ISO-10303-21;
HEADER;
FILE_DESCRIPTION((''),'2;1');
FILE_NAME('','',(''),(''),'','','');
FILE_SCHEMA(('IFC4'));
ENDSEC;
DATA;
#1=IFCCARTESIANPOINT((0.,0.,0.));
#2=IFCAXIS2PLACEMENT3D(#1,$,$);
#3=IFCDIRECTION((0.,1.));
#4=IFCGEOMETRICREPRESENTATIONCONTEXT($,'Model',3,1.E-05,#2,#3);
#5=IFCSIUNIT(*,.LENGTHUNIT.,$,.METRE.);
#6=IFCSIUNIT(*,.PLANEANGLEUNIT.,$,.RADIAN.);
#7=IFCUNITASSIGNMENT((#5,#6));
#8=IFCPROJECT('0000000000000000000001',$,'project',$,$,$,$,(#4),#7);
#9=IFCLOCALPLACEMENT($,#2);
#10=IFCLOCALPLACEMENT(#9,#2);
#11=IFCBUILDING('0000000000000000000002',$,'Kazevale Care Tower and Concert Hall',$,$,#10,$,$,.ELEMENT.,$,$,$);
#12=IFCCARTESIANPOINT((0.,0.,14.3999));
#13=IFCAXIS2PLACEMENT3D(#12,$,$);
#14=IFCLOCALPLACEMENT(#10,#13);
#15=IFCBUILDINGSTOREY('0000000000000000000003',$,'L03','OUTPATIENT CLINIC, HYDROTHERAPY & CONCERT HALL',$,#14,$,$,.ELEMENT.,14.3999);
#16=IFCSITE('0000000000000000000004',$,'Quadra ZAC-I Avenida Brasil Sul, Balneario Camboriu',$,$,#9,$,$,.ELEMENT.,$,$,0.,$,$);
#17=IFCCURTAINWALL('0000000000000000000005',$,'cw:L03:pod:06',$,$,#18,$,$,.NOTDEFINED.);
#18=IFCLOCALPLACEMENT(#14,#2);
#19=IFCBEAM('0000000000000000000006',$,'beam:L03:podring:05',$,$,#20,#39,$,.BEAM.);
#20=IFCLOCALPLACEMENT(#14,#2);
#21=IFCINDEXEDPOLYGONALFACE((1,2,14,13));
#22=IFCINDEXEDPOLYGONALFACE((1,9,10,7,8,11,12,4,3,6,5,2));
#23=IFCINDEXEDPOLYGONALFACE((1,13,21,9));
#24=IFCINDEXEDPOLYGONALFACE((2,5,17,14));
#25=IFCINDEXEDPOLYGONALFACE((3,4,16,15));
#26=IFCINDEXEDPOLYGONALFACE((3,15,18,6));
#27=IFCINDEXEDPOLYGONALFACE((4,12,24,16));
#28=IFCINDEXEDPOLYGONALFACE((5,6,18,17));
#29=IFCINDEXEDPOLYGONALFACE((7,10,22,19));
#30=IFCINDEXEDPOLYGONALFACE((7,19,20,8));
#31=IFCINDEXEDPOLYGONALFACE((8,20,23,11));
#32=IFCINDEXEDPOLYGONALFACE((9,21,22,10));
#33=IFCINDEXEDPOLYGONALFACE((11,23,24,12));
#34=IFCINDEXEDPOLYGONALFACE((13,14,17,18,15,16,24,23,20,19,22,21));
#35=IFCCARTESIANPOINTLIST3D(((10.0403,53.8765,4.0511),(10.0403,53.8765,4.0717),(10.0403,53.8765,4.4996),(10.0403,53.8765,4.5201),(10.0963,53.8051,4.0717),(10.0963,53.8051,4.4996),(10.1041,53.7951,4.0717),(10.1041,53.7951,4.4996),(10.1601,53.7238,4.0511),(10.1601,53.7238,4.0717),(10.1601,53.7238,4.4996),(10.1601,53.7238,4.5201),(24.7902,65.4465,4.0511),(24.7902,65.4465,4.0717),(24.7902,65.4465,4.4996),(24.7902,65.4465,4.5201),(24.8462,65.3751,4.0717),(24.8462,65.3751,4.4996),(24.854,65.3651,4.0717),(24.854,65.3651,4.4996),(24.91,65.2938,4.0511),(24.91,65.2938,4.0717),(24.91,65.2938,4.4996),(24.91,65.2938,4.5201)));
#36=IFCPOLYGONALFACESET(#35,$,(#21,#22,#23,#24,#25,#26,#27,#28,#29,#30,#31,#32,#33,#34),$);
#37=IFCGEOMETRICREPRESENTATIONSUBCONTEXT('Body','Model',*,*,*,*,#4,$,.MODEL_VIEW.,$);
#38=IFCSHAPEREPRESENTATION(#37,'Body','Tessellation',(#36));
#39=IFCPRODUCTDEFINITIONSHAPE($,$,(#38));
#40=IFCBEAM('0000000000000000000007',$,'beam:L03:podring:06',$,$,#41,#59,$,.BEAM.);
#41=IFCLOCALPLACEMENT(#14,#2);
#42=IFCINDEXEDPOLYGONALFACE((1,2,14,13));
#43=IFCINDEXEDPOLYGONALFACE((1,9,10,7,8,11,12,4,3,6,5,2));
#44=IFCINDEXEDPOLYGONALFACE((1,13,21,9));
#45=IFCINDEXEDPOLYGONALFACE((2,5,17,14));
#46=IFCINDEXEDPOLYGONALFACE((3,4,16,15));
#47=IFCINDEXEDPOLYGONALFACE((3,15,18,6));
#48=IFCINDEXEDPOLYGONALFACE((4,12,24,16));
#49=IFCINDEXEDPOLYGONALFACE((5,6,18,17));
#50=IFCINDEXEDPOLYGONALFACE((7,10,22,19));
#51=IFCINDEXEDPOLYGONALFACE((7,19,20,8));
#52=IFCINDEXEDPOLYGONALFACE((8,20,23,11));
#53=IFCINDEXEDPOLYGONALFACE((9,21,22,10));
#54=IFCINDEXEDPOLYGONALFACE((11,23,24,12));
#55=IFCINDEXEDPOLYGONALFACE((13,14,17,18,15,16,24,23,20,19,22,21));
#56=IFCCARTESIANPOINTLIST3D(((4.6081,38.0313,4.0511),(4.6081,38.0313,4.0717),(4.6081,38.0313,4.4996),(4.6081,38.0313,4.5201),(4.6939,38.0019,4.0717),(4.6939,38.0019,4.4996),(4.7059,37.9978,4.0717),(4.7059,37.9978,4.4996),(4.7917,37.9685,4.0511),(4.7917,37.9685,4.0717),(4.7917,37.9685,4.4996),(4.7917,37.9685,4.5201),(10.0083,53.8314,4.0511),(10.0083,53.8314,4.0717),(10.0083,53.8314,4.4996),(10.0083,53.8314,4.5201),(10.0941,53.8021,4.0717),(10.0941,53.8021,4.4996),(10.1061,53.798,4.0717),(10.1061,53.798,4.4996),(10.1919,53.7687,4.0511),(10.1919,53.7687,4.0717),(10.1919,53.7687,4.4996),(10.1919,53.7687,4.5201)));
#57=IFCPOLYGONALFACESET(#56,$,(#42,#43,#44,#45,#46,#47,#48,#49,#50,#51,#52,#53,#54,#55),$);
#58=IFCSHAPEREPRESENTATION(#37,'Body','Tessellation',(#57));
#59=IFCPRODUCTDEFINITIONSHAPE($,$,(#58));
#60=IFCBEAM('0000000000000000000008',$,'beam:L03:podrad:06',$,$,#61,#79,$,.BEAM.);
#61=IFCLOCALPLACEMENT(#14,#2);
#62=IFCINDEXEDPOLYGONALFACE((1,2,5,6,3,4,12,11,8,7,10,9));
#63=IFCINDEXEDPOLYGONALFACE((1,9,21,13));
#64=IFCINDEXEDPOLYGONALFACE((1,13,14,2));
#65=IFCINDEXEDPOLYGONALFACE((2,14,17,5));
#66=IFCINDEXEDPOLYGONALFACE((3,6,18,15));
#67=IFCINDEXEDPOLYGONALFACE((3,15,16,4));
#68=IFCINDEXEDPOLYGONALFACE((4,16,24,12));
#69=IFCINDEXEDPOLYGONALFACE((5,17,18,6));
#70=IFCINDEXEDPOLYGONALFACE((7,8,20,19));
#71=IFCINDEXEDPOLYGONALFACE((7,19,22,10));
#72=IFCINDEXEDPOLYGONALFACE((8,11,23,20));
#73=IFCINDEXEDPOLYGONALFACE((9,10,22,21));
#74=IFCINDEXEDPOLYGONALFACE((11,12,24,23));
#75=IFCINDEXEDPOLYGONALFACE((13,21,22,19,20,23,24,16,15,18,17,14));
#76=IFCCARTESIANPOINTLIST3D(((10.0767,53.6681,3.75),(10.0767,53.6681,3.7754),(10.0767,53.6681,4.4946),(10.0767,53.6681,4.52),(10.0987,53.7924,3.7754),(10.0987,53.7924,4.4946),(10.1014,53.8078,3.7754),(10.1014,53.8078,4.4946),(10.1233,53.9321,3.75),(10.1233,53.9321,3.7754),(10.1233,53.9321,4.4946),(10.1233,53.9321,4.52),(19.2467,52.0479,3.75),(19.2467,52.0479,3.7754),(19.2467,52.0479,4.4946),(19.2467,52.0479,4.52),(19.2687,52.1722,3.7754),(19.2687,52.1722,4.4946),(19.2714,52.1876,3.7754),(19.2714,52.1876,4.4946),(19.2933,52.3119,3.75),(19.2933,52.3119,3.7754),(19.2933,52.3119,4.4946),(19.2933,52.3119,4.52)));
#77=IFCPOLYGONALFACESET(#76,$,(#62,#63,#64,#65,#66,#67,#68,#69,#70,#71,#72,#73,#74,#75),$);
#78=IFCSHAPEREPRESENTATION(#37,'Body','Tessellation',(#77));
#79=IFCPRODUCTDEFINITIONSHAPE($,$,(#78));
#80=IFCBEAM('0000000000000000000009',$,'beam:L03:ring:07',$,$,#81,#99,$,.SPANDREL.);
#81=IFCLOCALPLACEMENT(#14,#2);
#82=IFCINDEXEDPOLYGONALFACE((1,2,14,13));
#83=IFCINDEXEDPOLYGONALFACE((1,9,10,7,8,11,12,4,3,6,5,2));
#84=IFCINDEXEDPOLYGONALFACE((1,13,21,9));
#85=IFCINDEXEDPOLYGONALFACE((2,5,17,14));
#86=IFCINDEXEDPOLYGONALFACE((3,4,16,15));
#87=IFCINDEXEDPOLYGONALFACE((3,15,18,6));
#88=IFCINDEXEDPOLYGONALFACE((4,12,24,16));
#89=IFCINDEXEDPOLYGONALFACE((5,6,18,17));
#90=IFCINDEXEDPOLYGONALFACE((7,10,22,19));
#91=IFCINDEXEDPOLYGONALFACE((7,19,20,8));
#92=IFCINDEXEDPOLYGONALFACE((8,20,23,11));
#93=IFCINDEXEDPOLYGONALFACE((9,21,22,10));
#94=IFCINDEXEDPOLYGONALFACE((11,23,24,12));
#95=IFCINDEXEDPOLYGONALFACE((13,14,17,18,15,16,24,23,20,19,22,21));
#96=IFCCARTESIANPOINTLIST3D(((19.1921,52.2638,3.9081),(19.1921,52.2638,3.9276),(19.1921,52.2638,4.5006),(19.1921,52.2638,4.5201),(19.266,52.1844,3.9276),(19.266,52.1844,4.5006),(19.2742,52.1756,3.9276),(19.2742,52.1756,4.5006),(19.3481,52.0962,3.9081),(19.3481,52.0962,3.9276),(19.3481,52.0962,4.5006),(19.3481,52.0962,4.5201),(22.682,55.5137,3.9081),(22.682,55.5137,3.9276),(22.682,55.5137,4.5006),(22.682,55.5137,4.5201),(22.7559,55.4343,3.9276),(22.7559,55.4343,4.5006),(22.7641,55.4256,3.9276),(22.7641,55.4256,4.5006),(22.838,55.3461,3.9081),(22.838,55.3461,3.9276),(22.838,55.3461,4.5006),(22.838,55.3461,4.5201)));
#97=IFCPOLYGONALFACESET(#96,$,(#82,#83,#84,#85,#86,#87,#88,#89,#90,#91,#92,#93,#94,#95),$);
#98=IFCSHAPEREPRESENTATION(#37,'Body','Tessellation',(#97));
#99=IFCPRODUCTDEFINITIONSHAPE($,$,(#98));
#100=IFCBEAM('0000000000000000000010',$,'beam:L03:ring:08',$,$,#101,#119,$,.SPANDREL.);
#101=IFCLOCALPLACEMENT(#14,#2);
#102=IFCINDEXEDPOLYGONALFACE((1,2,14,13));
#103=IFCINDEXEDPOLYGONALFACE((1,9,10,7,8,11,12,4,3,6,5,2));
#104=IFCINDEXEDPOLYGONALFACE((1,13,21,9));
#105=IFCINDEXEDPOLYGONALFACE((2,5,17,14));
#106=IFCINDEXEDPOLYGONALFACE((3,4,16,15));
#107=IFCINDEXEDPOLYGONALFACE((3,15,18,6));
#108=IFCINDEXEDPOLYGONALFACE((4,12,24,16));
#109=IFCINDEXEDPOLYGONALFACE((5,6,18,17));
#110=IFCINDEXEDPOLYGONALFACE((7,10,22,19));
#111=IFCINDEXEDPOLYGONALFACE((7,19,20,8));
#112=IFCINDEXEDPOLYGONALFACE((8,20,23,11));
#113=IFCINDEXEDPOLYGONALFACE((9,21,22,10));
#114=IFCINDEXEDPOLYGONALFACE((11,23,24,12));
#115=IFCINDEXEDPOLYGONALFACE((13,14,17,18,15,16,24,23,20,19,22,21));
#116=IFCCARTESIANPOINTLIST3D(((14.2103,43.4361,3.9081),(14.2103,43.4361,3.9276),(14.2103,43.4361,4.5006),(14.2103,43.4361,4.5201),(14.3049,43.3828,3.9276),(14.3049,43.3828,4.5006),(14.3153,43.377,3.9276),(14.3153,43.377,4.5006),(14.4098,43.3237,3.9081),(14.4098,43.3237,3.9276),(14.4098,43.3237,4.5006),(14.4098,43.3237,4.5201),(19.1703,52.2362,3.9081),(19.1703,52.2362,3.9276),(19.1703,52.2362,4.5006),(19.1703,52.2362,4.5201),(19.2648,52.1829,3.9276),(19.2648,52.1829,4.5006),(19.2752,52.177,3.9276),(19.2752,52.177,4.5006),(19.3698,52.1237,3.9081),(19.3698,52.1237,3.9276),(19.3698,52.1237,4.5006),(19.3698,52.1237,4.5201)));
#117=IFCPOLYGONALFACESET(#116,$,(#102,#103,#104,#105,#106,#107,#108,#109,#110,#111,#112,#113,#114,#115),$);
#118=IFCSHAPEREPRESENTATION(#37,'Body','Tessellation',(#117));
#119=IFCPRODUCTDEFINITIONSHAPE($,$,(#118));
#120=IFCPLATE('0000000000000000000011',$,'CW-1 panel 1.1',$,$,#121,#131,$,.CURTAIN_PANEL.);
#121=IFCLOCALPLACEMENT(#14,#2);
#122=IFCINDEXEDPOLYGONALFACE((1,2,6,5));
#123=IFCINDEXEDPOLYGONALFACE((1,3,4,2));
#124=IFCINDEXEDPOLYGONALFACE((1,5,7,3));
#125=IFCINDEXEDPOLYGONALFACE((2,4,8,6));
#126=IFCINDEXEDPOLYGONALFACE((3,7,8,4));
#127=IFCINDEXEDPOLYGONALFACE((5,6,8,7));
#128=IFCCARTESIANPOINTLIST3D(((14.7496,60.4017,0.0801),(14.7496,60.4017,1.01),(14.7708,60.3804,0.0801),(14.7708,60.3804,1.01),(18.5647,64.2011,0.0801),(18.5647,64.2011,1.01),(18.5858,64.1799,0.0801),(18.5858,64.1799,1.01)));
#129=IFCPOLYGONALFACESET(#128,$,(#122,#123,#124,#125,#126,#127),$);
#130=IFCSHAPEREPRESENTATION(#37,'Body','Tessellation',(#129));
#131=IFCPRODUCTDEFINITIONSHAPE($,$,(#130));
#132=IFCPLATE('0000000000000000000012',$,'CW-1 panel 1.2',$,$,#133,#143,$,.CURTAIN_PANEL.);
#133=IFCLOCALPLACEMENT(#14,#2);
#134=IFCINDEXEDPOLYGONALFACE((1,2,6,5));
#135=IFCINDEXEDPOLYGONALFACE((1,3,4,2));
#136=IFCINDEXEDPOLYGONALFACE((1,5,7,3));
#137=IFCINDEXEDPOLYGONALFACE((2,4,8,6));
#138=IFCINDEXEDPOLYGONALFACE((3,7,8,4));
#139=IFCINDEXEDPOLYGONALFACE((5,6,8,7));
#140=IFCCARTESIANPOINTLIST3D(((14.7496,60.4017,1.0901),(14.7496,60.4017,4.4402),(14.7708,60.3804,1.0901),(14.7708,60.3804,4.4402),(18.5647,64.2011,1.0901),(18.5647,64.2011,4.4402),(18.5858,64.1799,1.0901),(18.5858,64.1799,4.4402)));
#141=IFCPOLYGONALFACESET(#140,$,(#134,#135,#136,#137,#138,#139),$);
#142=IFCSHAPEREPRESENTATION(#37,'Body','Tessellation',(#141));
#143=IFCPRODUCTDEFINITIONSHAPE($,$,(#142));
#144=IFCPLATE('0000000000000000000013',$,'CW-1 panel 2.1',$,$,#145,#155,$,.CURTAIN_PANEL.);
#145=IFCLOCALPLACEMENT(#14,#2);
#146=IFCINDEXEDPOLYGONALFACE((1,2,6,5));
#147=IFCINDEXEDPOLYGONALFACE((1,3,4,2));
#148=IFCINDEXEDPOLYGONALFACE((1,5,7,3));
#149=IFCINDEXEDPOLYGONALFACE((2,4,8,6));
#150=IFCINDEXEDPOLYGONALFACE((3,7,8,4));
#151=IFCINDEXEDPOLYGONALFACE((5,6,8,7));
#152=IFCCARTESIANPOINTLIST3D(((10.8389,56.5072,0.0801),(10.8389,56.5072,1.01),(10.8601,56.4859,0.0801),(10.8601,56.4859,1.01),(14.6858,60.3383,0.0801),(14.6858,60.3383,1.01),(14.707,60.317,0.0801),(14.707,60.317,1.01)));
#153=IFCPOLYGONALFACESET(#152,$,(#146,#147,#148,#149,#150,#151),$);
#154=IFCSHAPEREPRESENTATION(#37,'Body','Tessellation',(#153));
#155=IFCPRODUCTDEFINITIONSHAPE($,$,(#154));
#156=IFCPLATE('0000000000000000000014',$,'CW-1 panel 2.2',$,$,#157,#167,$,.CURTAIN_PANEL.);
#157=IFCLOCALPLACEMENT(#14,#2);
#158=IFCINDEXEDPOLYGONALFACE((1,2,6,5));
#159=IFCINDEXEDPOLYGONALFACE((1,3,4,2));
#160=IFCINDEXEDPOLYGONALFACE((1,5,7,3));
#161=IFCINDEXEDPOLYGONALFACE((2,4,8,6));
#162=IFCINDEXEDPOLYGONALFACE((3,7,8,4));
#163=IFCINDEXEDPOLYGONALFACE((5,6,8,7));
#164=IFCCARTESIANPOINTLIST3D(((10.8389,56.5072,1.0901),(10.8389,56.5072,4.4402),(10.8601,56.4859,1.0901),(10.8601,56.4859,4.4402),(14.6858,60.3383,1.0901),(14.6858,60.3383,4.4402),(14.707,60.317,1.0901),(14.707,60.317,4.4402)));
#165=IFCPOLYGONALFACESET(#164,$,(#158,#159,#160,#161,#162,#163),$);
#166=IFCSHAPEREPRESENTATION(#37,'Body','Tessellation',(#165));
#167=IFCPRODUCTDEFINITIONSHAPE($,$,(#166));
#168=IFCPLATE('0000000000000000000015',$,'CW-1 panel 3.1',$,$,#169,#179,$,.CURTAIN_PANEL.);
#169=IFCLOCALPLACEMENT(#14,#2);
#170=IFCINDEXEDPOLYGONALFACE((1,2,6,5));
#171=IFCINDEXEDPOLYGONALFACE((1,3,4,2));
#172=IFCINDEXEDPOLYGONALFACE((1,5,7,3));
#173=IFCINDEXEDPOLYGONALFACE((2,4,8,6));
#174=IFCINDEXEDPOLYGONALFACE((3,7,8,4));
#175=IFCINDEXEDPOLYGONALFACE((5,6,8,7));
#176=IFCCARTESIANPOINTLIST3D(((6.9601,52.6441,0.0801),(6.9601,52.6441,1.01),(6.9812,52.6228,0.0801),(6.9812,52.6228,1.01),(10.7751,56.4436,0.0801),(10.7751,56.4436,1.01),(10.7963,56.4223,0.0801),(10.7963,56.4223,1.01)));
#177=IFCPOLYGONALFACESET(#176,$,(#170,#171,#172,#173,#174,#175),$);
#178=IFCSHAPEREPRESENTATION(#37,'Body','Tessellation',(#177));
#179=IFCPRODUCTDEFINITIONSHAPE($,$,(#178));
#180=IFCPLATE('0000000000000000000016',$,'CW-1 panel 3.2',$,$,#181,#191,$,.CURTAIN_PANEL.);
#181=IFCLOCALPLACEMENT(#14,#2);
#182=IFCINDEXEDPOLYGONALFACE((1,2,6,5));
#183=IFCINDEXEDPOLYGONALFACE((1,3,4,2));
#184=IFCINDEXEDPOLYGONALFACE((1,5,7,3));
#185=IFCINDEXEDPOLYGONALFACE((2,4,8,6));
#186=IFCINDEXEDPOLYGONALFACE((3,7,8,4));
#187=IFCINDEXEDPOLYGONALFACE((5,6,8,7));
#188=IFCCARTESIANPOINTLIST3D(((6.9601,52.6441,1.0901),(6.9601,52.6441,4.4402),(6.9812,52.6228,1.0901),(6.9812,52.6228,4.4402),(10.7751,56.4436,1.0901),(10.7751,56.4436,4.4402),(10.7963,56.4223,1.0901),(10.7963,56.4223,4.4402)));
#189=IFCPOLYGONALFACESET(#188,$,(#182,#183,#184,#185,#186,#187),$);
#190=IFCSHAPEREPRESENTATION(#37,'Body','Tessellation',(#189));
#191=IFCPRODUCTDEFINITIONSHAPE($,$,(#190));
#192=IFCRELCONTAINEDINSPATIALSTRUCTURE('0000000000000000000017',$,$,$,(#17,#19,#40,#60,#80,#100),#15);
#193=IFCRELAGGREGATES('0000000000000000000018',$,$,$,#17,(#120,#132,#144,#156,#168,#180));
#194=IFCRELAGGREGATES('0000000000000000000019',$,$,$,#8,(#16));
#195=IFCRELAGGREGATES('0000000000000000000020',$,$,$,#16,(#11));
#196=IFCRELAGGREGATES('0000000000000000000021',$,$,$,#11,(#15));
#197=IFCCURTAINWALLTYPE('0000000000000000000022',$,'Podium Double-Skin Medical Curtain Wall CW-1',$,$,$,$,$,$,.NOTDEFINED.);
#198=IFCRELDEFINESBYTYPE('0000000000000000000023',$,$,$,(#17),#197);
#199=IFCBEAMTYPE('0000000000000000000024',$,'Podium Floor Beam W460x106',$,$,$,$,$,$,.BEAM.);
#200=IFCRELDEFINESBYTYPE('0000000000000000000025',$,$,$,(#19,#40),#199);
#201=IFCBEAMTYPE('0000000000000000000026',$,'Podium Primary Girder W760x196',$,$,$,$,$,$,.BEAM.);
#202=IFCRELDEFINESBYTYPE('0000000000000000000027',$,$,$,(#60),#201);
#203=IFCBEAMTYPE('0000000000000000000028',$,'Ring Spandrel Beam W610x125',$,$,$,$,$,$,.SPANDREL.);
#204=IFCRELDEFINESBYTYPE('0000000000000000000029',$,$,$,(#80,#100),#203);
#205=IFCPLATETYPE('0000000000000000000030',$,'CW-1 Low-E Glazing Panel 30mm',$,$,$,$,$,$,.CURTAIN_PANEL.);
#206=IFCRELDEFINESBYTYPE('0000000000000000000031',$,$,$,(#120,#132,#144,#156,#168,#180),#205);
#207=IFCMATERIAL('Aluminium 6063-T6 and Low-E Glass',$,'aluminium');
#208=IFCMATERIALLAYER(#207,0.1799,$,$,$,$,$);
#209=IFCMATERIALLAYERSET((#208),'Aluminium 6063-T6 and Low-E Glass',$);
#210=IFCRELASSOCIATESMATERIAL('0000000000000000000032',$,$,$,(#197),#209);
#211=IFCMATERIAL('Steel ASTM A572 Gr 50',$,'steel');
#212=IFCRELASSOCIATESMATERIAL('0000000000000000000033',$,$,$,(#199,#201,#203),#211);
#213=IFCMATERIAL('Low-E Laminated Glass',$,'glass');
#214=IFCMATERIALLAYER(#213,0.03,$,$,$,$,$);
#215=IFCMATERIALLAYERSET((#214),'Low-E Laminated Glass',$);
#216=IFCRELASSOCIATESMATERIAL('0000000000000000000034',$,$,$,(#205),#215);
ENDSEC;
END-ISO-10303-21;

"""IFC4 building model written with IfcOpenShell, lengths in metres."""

from ifc_helpers import new_model, si_unit, direction, frame, origin, origin_2d, place, context, subcontext, project, spatial, rectangle, i_section, extrude, material, layer, layer_set, material_profile, profile_set, type_object, element, aggregate, save


model = new_model("IFC4")

# Units and contexts
model_context = context("Model", 3, precision=1e-05, world=origin(), true_north=direction((0.0, 1.0)))
body_context = subcontext(model_context, "Body", "Model", "MODEL_VIEW")
ifc_project = project(units=[si_unit("LENGTHUNIT", "METRE"), si_unit("PLANEANGLEUNIT", "RADIAN")], contexts=[model_context])

# Site, building, storey
site_placement = place(None, origin())
site = spatial("IfcSite", under=ifc_project, at=site_placement, Name="Quadra ZAC-I Avenida Brasil Sul, Balneario Camboriu", CompositionType="ELEMENT", RefElevation=0.0)
building_placement = place(site_placement, origin())
building = spatial("IfcBuilding", under=site, at=building_placement, Name="Kazevale Care Tower and Concert Hall", CompositionType="ELEMENT")
storey_placement = place(building_placement, frame((0.0, 0.0, 14.3999)))
storey = spatial("IfcBuildingStorey", under=building, at=storey_placement, Name="L03", Description="OUTPATIENT CLINIC, HYDROTHERAPY & CONCERT HALL", CompositionType="ELEMENT", Elevation=14.3999)

# Curtain wall
ifc_material_1 = material(Name="Aluminium 6063-T6 and Low-E Glass", Category="aluminium")
ifc_layer_1 = layer(ifc_material_1, 0.1799)
ifc_layer_set_1 = layer_set([ifc_layer_1], Name="Aluminium 6063-T6 and Low-E Glass")
curtain_wall_type = type_object("IfcCurtainWallType", Name="Podium Double-Skin Medical Curtain Wall CW-1", PredefinedType="NOTDEFINED", material=ifc_layer_set_1)
curtain_wall_placement = place(storey_placement, origin())
curtain_wall = element("IfcCurtainWall", 1, at=curtain_wall_placement, inside=storey, type_object=curtain_wall_type, Name="cw:L03:pod:06", PredefinedType="NOTDEFINED")

# Beams
ifc_material_2 = material(Name="Steel ASTM A572 Gr 50", Category="steel")
ifc_material_profile_1 = material_profile(ifc_material_2, i_section(OverallWidth=0.1941, OverallDepth=0.469, WebThickness=0.0127, FlangeThickness=0.0205, at=origin_2d()), Name="W460x106")
ifc_profile_set_1 = profile_set([ifc_material_profile_1], Name="Steel ASTM A572 Gr 50")
beam_type_1 = type_object("IfcBeamType", Name="Podium Floor Beam W460x106", PredefinedType="BEAM", material=ifc_profile_set_1)
beam_1_placement = place(storey_placement, frame((24.8501, 65.3701, 4.2856), z_axis=(-0.786816, -0.617188, 0.0), x_axis=(0.617188, -0.786816, 0.0)))
element("IfcBeam", 2, at=beam_1_placement, inside=storey, type_object=beam_type_1, Name="beam:L03:podring:05", PredefinedType="BEAM", context=body_context, shape_type="SweptSolid", body=[
    extrude(i_section(OverallWidth=0.1941, OverallDepth=0.469, WebThickness=0.0127, FlangeThickness=0.0205, at=origin_2d()), origin(), (0.0, 0.0, 1.0), 18.7463),
])
beam_2_placement = place(storey_placement, frame((10.1001, 53.8, 4.2856), z_axis=(-0.323412, -0.946258, 0.0), x_axis=(0.946258, -0.323412, 0.0)))
element("IfcBeam", 3, at=beam_2_placement, inside=storey, type_object=beam_type_1, Name="beam:L03:podring:06", PredefinedType="BEAM", context=body_context, shape_type="SweptSolid", body=[
    extrude(i_section(OverallWidth=0.1941, OverallDepth=0.469, WebThickness=0.0127, FlangeThickness=0.0205, at=origin_2d()), origin(), (0.0, 0.0, 1.0), 16.6975),
])
ifc_material_profile_2 = material_profile(ifc_material_2, i_section(OverallWidth=0.2681, OverallDepth=0.77, WebThickness=0.0156, FlangeThickness=0.0254, at=origin_2d()), Name="W760x196")
ifc_profile_set_2 = profile_set([ifc_material_profile_2], Name="Steel ASTM A572 Gr 50")
beam_type_2 = type_object("IfcBeamType", Name="Podium Primary Girder W760x196", PredefinedType="BEAM", material=ifc_profile_set_2)
beam_3_placement = place(storey_placement, frame((19.27, 52.1799, 4.135), z_axis=(-0.984749, 0.173983, 0.0), x_axis=(-0.173983, -0.984749, 0.0)))
element("IfcBeam", 4, at=beam_3_placement, inside=storey, type_object=beam_type_2, Name="beam:L03:podrad:06", PredefinedType="BEAM", context=body_context, shape_type="SweptSolid", body=[
    extrude(i_section(OverallWidth=0.2681, OverallDepth=0.77, WebThickness=0.0156, FlangeThickness=0.0254, at=origin_2d()), origin(), (0.0, 0.0, 1.0), 9.312),
])
ifc_material_profile_3 = material_profile(ifc_material_2, i_section(OverallWidth=0.229, OverallDepth=0.6121, WebThickness=0.012, FlangeThickness=0.0195, at=origin_2d()), Name="W610x125")
ifc_profile_set_3 = profile_set([ifc_material_profile_3], Name="Steel ASTM A572 Gr 50")
beam_type_3 = type_object("IfcBeamType", Name="Ring Spandrel Beam W610x125", PredefinedType="SPANDREL", material=ifc_profile_set_3)
beam_4_placement = place(storey_placement, frame((22.76, 55.4299, 4.2141), z_axis=(-0.731821, -0.681497, 0.0), x_axis=(0.681497, -0.731821, 0.0)))
element("IfcBeam", 5, at=beam_4_placement, inside=storey, type_object=beam_type_3, Name="beam:L03:ring:07", PredefinedType="SPANDREL", context=body_context, shape_type="SweptSolid", body=[
    extrude(i_section(OverallWidth=0.229, OverallDepth=0.6121, WebThickness=0.012, FlangeThickness=0.0195, at=origin_2d()), origin(), (0.0, 0.0, 1.0), 4.7688),
])
beam_5_placement = place(storey_placement, frame((19.27, 52.1799, 4.2141), z_axis=(-0.491008, -0.871155, 0.0), x_axis=(0.871155, -0.491008, 0.0)))
element("IfcBeam", 6, at=beam_5_placement, inside=storey, type_object=beam_type_3, Name="beam:L03:ring:08", PredefinedType="SPANDREL", context=body_context, shape_type="SweptSolid", body=[
    extrude(i_section(OverallWidth=0.229, OverallDepth=0.6121, WebThickness=0.012, FlangeThickness=0.0195, at=origin_2d()), origin(), (0.0, 0.0, 1.0), 10.1016),
])

# Plates
ifc_material_3 = material(Name="Low-E Laminated Glass", Category="glass")
ifc_layer_2 = layer(ifc_material_3, 0.03)
ifc_layer_set_2 = layer_set([ifc_layer_2], Name="Low-E Laminated Glass")
plate_type = type_object("IfcPlateType", Name="CW-1 Low-E Glazing Panel 30mm", PredefinedType="CURTAIN_PANEL", material=ifc_layer_set_2)
plate_1_placement = place(storey_placement, frame((16.6677, 62.2908, 0.0801), z_axis=(0.0, 0.0, 1.0), x_axis=(-0.708555, -0.705656, 0.0)))
plate_1 = element("IfcPlate", 7, at=plate_1_placement, type_object=plate_type, Name="CW-1 panel 1.1", PredefinedType="CURTAIN_PANEL", context=body_context, shape_type="SweptSolid", body=[
    extrude(rectangle(XDim=5.3843, YDim=0.03, at=origin_2d()), origin(), (0.0, 0.0, 1.0), 0.9299),
])
plate_2_placement = place(storey_placement, frame((16.6677, 62.2908, 1.0901), z_axis=(0.0, 0.0, 1.0), x_axis=(-0.708555, -0.705656, 0.0)))
plate_2 = element("IfcPlate", 8, at=plate_2_placement, type_object=plate_type, Name="CW-1 panel 1.2", PredefinedType="CURTAIN_PANEL", context=body_context, shape_type="SweptSolid", body=[
    extrude(rectangle(XDim=5.3843, YDim=0.03, at=origin_2d()), origin(), (0.0, 0.0, 1.0), 3.3501),
])
plate_3_placement = place(storey_placement, frame((12.7729, 58.4121, 0.0801), z_axis=(0.0, 0.0, 1.0), x_axis=(-0.708555, -0.705656, 0.0)))
plate_3 = element("IfcPlate", 9, at=plate_3_placement, type_object=plate_type, Name="CW-1 panel 2.1", PredefinedType="CURTAIN_PANEL", context=body_context, shape_type="SweptSolid", body=[
    extrude(rectangle(XDim=5.4292, YDim=0.03, at=origin_2d()), origin(), (0.0, 0.0, 1.0), 0.9299),
])
plate_4_placement = place(storey_placement, frame((12.7729, 58.4121, 1.0901), z_axis=(0.0, 0.0, 1.0), x_axis=(-0.708555, -0.705656, 0.0)))
plate_4 = element("IfcPlate", 10, at=plate_4_placement, type_object=plate_type, Name="CW-1 panel 2.2", PredefinedType="CURTAIN_PANEL", context=body_context, shape_type="SweptSolid", body=[
    extrude(rectangle(XDim=5.4292, YDim=0.03, at=origin_2d()), origin(), (0.0, 0.0, 1.0), 3.3501),
])
plate_5_placement = place(storey_placement, frame((8.8782, 54.5332, 0.0801), z_axis=(0.0, 0.0, 1.0), x_axis=(-0.708555, -0.705656, 0.0)))
plate_5 = element("IfcPlate", 11, at=plate_5_placement, type_object=plate_type, Name="CW-1 panel 3.1", PredefinedType="CURTAIN_PANEL", context=body_context, shape_type="SweptSolid", body=[
    extrude(rectangle(XDim=5.3843, YDim=0.03, at=origin_2d()), origin(), (0.0, 0.0, 1.0), 0.9299),
])
plate_6_placement = place(storey_placement, frame((8.8782, 54.5332, 1.0901), z_axis=(0.0, 0.0, 1.0), x_axis=(-0.708555, -0.705656, 0.0)))
plate_6 = element("IfcPlate", 12, at=plate_6_placement, type_object=plate_type, Name="CW-1 panel 3.2", PredefinedType="CURTAIN_PANEL", context=body_context, shape_type="SweptSolid", body=[
    extrude(rectangle(XDim=5.3843, YDim=0.03, at=origin_2d()), origin(), (0.0, 0.0, 1.0), 3.3501),
])
aggregate(curtain_wall, [plate_1, plate_2, plate_3, plate_4, plate_5, plate_6])

save(model, "model.ifc")
